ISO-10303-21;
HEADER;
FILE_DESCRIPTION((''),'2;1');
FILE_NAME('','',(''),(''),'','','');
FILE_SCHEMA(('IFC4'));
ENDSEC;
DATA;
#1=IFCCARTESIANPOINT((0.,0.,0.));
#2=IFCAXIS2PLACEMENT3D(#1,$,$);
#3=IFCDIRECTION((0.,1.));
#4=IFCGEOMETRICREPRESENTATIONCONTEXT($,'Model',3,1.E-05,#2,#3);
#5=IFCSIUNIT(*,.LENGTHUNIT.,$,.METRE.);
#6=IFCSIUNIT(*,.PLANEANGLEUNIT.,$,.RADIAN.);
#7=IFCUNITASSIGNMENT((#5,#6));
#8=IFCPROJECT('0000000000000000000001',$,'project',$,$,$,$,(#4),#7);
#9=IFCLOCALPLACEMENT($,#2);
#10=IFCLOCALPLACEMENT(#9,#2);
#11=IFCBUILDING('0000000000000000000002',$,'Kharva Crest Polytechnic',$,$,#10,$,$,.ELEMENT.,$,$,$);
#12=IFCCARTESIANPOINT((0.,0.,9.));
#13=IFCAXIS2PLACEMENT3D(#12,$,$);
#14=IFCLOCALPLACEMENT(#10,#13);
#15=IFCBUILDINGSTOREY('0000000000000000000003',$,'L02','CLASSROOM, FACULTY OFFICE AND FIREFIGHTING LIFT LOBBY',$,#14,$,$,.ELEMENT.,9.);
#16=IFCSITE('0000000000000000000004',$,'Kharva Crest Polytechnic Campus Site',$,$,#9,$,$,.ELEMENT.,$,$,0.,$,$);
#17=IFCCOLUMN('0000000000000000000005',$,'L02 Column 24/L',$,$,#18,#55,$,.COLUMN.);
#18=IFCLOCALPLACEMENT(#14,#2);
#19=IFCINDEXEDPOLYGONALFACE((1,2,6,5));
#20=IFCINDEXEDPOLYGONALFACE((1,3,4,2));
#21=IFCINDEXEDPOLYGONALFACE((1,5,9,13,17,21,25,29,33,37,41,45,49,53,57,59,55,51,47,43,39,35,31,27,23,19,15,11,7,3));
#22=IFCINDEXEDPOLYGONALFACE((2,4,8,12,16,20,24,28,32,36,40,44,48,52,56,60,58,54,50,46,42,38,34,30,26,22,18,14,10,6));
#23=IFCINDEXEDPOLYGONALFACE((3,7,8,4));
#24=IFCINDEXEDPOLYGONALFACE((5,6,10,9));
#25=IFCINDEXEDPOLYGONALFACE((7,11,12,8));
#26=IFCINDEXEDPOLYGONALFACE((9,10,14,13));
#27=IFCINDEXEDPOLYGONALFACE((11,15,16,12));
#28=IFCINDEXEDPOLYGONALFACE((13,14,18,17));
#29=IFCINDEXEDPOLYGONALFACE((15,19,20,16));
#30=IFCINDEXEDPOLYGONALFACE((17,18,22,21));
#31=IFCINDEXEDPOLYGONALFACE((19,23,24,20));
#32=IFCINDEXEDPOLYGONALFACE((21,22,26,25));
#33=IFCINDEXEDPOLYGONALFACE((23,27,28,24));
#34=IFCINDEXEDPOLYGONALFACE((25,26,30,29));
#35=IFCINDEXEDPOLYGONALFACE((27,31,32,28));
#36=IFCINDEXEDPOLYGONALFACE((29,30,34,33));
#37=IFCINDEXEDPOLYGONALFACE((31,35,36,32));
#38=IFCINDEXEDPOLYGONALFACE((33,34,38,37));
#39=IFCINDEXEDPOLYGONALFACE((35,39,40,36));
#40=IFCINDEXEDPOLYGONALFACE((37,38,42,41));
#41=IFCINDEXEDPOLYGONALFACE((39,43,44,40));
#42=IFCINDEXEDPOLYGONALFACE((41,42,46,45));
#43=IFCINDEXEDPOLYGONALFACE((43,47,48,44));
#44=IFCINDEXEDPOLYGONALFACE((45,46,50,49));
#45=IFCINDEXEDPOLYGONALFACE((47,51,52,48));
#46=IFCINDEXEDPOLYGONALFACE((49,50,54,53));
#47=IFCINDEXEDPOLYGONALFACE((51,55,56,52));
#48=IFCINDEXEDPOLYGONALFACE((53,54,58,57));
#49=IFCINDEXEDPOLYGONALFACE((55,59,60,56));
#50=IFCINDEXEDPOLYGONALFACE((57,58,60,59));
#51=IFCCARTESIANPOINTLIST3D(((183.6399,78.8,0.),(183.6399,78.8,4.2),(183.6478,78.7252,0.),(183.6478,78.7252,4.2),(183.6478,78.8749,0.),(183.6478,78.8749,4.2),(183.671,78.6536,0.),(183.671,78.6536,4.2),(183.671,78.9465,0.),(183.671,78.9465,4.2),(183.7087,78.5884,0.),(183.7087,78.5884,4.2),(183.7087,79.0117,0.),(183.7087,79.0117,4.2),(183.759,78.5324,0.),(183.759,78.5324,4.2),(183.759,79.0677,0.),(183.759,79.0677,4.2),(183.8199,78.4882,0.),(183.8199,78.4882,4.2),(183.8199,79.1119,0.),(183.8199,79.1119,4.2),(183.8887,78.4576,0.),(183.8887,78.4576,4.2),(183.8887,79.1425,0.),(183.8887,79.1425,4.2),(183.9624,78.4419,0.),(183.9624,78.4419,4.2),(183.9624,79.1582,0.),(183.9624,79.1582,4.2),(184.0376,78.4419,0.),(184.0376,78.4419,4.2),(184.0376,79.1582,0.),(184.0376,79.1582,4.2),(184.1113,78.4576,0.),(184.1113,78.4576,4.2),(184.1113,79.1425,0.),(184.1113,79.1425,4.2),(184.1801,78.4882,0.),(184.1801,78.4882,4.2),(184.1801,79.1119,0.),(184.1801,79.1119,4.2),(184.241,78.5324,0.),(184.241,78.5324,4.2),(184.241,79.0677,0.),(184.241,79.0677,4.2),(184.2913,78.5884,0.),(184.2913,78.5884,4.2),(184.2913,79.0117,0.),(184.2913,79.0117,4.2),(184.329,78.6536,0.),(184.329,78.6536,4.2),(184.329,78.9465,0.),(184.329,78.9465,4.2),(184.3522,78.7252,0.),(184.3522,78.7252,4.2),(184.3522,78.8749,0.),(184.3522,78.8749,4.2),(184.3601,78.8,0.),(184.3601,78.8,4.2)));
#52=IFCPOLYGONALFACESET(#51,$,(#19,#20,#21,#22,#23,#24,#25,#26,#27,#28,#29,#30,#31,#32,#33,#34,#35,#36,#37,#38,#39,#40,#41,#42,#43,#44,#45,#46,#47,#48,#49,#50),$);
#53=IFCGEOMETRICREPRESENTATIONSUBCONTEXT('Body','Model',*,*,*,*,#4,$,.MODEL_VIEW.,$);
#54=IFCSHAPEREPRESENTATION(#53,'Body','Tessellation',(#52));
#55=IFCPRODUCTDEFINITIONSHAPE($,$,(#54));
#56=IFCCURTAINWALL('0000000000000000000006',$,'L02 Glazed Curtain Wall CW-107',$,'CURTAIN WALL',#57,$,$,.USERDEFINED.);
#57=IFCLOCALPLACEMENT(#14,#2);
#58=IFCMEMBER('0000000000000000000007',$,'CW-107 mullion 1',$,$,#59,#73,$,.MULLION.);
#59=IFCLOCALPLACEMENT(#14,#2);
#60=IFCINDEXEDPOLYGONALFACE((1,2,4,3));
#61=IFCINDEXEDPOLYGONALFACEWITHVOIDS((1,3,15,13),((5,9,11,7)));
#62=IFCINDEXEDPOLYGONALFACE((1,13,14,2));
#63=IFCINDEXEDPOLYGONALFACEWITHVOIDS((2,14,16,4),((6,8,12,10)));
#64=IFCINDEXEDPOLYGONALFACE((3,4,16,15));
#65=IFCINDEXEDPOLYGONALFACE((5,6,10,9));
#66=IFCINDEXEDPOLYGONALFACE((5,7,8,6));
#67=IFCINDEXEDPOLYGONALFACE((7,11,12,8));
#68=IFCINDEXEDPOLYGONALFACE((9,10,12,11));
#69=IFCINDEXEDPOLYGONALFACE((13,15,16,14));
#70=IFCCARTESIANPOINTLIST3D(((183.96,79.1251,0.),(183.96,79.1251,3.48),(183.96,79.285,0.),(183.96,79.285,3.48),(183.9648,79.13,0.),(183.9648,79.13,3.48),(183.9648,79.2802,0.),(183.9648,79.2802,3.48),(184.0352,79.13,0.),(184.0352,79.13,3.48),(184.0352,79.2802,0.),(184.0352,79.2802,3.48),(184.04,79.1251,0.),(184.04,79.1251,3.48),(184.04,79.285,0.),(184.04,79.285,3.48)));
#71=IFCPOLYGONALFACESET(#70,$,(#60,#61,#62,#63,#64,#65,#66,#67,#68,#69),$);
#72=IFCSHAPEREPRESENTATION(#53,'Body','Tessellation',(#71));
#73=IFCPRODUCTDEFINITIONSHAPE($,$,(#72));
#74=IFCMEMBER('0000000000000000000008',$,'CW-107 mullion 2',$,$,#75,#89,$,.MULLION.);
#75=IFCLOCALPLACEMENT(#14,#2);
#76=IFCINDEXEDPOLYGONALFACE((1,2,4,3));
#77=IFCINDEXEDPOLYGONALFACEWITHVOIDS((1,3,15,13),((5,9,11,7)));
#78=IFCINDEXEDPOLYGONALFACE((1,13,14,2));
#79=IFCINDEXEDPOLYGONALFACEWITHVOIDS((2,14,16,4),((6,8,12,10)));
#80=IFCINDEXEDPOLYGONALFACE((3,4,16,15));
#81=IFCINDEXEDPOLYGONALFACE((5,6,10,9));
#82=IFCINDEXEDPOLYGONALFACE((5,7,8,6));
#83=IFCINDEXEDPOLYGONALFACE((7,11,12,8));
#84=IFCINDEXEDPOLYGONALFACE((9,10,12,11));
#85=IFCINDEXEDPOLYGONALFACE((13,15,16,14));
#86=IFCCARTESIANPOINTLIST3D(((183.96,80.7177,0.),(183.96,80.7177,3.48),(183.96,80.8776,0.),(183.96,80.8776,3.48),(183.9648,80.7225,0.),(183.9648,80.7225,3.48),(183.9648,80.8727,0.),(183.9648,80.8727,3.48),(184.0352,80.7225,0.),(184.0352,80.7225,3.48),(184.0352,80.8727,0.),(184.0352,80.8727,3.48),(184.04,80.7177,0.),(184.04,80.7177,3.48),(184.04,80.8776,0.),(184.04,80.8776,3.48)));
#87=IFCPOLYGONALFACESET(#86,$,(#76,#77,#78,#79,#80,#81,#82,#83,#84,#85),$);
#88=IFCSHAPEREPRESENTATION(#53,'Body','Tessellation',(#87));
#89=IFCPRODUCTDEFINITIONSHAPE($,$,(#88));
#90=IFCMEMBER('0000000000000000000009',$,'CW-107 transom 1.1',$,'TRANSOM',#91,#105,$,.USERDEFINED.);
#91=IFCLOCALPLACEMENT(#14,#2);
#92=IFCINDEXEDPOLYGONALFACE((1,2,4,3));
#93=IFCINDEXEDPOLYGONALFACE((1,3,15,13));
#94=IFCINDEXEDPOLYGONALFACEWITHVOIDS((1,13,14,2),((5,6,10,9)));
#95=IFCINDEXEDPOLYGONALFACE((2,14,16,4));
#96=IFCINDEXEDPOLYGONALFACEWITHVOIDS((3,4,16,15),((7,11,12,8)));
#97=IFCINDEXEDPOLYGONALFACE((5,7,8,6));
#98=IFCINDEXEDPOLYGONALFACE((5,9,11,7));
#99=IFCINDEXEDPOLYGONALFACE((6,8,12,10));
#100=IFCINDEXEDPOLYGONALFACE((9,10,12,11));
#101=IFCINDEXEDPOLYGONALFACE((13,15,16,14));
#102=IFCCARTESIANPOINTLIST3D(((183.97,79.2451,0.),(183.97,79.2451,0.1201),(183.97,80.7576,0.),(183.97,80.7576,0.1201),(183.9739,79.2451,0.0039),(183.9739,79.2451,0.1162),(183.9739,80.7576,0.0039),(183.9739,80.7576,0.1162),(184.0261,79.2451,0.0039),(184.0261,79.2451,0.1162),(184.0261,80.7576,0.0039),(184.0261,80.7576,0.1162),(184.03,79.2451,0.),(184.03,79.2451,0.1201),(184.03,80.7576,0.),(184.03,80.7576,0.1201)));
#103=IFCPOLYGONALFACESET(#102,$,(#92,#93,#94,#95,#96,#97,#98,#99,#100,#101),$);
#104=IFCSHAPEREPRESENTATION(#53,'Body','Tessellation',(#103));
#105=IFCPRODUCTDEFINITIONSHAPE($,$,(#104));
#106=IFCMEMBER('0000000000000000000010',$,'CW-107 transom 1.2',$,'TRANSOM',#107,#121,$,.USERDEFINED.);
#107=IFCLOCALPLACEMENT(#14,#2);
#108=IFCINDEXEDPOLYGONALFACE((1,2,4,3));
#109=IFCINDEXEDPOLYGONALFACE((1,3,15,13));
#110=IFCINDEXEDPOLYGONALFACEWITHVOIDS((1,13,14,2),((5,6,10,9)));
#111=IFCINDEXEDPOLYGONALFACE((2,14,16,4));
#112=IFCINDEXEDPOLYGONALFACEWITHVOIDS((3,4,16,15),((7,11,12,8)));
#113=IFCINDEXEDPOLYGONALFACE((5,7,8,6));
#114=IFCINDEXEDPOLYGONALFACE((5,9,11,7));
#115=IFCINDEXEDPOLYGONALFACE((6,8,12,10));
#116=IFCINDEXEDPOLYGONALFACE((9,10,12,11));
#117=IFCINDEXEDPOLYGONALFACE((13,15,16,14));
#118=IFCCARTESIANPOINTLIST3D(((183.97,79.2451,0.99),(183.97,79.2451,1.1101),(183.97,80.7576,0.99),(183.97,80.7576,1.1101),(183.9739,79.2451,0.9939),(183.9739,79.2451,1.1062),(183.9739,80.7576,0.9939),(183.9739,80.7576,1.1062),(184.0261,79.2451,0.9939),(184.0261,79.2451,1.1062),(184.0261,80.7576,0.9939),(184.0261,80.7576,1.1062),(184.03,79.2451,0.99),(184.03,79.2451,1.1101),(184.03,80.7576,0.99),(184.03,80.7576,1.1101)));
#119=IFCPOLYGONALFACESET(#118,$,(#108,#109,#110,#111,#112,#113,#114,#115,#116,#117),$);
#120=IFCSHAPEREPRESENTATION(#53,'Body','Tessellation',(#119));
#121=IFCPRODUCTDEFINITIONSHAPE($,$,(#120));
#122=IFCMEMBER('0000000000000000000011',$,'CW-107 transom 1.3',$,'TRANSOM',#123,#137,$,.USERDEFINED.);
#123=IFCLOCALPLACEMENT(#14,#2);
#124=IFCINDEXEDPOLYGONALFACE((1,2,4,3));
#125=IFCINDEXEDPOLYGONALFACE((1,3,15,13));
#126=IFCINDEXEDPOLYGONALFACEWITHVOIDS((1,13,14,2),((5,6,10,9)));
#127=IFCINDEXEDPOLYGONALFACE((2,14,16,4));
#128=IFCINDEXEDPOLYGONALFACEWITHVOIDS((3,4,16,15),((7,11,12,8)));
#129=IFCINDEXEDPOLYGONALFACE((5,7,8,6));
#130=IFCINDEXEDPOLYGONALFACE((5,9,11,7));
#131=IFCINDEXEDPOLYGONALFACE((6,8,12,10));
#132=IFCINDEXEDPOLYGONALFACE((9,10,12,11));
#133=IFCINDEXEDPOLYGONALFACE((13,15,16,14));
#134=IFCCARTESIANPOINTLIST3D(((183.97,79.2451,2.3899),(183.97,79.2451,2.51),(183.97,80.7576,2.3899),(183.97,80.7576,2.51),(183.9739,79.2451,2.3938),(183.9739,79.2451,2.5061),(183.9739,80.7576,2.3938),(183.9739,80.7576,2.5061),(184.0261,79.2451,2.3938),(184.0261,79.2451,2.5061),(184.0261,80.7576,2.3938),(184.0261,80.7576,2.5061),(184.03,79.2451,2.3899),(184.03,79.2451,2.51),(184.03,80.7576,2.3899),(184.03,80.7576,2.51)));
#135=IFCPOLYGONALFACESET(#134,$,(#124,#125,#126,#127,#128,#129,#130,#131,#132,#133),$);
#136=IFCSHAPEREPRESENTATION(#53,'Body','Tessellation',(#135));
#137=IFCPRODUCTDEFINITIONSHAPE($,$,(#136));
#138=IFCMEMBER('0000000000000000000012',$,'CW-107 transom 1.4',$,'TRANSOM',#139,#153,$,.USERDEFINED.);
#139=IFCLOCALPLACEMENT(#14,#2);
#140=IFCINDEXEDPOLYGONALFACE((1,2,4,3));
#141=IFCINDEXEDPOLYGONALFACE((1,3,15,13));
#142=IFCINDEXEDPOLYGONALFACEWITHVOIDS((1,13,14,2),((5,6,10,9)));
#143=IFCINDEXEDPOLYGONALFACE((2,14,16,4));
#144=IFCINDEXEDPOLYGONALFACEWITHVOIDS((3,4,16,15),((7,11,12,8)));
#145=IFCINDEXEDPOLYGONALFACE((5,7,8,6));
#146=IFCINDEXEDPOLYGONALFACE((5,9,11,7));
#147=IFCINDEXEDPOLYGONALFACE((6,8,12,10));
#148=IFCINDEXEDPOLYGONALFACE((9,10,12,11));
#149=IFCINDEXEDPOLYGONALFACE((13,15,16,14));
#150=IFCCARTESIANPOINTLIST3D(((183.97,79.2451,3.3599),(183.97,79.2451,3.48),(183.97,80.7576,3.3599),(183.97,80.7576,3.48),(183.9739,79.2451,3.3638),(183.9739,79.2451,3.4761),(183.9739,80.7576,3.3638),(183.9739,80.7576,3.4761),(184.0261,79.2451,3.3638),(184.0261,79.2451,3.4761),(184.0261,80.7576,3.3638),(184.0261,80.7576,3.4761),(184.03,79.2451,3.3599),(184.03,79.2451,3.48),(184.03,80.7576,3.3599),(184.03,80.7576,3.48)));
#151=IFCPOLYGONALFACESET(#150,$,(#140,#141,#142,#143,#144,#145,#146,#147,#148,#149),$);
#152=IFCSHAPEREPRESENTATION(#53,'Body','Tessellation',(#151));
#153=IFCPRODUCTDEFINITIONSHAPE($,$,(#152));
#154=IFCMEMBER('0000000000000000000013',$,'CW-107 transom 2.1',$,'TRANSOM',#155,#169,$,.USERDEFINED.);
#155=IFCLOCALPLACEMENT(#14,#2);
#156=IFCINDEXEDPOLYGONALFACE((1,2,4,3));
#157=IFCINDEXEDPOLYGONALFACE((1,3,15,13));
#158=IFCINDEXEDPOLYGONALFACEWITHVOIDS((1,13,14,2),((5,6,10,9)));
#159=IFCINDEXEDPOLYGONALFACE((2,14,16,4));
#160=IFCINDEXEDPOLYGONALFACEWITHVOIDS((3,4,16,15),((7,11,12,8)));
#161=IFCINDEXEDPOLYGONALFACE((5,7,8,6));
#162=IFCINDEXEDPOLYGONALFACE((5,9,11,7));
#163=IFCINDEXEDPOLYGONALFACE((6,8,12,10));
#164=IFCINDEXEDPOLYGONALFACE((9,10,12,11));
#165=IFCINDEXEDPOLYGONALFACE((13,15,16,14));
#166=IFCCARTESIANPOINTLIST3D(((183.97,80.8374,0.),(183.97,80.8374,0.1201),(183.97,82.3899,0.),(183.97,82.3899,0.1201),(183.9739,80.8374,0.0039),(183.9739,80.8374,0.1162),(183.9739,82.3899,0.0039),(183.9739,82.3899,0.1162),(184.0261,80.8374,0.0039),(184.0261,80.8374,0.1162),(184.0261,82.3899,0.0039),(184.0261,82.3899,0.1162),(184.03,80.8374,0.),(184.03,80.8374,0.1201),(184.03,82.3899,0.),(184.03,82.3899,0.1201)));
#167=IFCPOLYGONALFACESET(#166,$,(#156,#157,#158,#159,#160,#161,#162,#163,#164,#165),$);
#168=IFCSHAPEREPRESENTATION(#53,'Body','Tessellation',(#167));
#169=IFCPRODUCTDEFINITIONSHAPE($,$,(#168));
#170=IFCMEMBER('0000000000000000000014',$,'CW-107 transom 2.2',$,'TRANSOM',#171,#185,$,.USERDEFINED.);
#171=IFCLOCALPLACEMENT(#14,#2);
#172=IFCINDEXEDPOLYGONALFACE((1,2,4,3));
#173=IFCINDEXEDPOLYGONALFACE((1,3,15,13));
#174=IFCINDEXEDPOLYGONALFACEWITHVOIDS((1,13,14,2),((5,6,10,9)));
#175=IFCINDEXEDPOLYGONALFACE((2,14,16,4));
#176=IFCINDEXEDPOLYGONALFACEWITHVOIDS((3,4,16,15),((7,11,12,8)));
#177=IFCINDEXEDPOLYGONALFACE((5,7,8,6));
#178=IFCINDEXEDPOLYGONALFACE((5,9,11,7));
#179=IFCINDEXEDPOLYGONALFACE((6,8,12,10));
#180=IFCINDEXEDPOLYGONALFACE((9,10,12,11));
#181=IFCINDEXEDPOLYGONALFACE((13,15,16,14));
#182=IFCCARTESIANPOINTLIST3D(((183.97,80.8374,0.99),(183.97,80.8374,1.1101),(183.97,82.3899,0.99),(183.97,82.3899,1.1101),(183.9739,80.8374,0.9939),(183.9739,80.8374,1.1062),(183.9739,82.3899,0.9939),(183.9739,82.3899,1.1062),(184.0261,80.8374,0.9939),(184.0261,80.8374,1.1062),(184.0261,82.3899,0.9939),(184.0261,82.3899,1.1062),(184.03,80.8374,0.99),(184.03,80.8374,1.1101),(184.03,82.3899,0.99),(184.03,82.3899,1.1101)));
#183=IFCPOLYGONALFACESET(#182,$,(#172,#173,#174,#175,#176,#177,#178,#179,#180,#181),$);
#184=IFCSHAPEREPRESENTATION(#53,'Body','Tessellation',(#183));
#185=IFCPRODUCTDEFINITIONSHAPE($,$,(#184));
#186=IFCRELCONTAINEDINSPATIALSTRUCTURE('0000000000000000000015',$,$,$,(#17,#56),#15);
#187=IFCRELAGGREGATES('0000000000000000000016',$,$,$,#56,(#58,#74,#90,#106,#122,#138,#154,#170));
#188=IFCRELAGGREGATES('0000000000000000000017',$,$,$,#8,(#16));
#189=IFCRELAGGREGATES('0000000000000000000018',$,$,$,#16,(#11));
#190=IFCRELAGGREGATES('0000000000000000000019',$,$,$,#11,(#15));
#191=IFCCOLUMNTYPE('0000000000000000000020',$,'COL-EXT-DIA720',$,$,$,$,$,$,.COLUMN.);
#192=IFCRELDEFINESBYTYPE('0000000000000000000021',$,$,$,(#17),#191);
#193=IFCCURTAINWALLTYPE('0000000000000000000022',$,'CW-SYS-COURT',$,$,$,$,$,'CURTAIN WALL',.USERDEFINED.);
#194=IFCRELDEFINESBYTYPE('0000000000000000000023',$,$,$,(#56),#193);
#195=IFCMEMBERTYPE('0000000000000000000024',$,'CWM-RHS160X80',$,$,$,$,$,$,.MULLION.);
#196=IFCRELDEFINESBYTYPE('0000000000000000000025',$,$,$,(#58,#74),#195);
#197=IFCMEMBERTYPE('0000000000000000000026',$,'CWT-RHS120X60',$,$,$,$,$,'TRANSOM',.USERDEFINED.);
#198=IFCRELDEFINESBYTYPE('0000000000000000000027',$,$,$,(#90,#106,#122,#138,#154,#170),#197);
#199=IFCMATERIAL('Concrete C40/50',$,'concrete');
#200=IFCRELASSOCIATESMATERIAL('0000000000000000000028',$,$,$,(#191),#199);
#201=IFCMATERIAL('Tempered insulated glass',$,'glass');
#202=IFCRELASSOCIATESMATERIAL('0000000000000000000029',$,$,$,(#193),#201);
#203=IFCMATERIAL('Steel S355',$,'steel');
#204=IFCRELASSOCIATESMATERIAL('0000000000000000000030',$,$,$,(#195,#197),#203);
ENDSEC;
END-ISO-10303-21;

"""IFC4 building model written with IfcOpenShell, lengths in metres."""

from ifc_helpers import new_model, si_unit, direction, frame, origin, origin_2d, place, context, subcontext, project, spatial, hollow_rectangle, circle, extrude, material, material_profile, profile_set, type_object, element, aggregate, save


model = new_model("IFC4")

# Units and contexts
model_context = context("Model", 3, precision=1e-05, world=origin(), true_north=direction((0.0, 1.0)))
body_context = subcontext(model_context, "Body", "Model", "MODEL_VIEW")
ifc_project = project(units=[si_unit("LENGTHUNIT", "METRE"), si_unit("PLANEANGLEUNIT", "RADIAN")], contexts=[model_context])

# Site, building, storey
site_placement = place(None, origin())
site = spatial("IfcSite", under=ifc_project, at=site_placement, Name="Kharva Crest Polytechnic Campus Site", CompositionType="ELEMENT", RefElevation=0.0)
building_placement = place(site_placement, origin())
building = spatial("IfcBuilding", under=site, at=building_placement, Name="Kharva Crest Polytechnic", CompositionType="ELEMENT")
storey_placement = place(building_placement, frame((0.0, 0.0, 9.0)))
storey = spatial("IfcBuildingStorey", under=building, at=storey_placement, Name="L02", Description="CLASSROOM, FACULTY OFFICE AND FIREFIGHTING LIFT LOBBY", CompositionType="ELEMENT", Elevation=9.0)

# Column
ifc_material_1 = material(Name="Concrete C40/50", Category="concrete")
ifc_material_profile_1 = material_profile(ifc_material_1, circle(Radius=0.3601, at=origin_2d()), Name="DIA 720")
ifc_profile_set_1 = profile_set([ifc_material_profile_1], Name="Concrete C40/50")
column_type = type_object("IfcColumnType", Name="COL-EXT-DIA720", PredefinedType="COLUMN", material=ifc_profile_set_1)
column_placement = place(storey_placement, frame((184.0, 78.8, 0.0), z_axis=(0.0, 0.0, 1.0), x_axis=(1.0, 0.0, 0.0)))
element("IfcColumn", 1, at=column_placement, inside=storey, type_object=column_type, Name="L02 Column 24/L", PredefinedType="COLUMN", context=body_context, shape_type="SweptSolid", body=[
    extrude(circle(Radius=0.3601, at=origin_2d()), origin(), (0.0, 0.0, 1.0), 4.2),
])

# Curtain wall, members
ifc_material_2 = material(Name="Tempered insulated glass", Category="glass")
curtain_wall_type = type_object("IfcCurtainWallType", Name="CW-SYS-COURT", ElementType="CURTAIN WALL", PredefinedType="USERDEFINED", material=ifc_material_2)
curtain_wall_placement = place(storey_placement, origin())
curtain_wall = element("IfcCurtainWall", 2, at=curtain_wall_placement, inside=storey, type_object=curtain_wall_type, Name="L02 Glazed Curtain Wall CW-107", ObjectType="CURTAIN WALL", PredefinedType="USERDEFINED")
ifc_material_3 = material(Name="Steel S355", Category="steel")
ifc_material_profile_2 = material_profile(ifc_material_3, hollow_rectangle(XDim=0.0801, YDim=0.1599, WallThickness=0.0049, at=origin_2d()), Name="RHS 160X80X5.0")
ifc_profile_set_2 = profile_set([ifc_material_profile_2], Name="Steel S355")
member_type_1 = type_object("IfcMemberType", Name="CWM-RHS160X80", PredefinedType="MULLION", material=ifc_profile_set_2)
member_1_placement = place(storey_placement, frame((184.0, 79.2051, 0.0), z_axis=(0.0, 0.0, 1.0), x_axis=(-1.0, 0.0, 0.0)))
member_1 = element("IfcMember", 3, at=member_1_placement, type_object=member_type_1, Name="CW-107 mullion 1", PredefinedType="MULLION", context=body_context, shape_type="SweptSolid", body=[
    extrude(hollow_rectangle(XDim=0.0801, YDim=0.1599, WallThickness=0.0049, at=origin_2d()), origin(), (0.0, 0.0, 1.0), 3.48),
])
member_2_placement = place(storey_placement, frame((184.0, 80.7976, 0.0), z_axis=(0.0, 0.0, 1.0), x_axis=(-1.0, 0.0, 0.0)))
member_2 = element("IfcMember", 4, at=member_2_placement, type_object=member_type_1, Name="CW-107 mullion 2", PredefinedType="MULLION", context=body_context, shape_type="SweptSolid", body=[
    extrude(hollow_rectangle(XDim=0.0801, YDim=0.1599, WallThickness=0.0049, at=origin_2d()), origin(), (0.0, 0.0, 1.0), 3.48),
])
ifc_material_profile_3 = material_profile(ifc_material_3, hollow_rectangle(XDim=0.0601, YDim=0.1201, WallThickness=0.0039, at=origin_2d()), Name="RHS 120X60X4.0")
ifc_profile_set_3 = profile_set([ifc_material_profile_3], Name="Steel S355")
member_type_2 = type_object("IfcMemberType", Name="CWT-RHS120X60", ElementType="TRANSOM", PredefinedType="USERDEFINED", material=ifc_profile_set_3)
member_3_placement = place(storey_placement, frame((184.0, 79.2451, 0.0601), z_axis=(0.0, 1.0, 0.0), x_axis=(-1.0, 0.0, 0.0)))
member_3 = element("IfcMember", 5, at=member_3_placement, type_object=member_type_2, Name="CW-107 transom 1.1", ObjectType="TRANSOM", PredefinedType="USERDEFINED", context=body_context, shape_type="SweptSolid", body=[
    extrude(hollow_rectangle(XDim=0.0601, YDim=0.1201, WallThickness=0.0039, at=origin_2d()), origin(), (0.0, 0.0, 1.0), 1.5125),
])
member_4_placement = place(storey_placement, frame((184.0, 79.2451, 1.05), z_axis=(0.0, 1.0, 0.0), x_axis=(-1.0, 0.0, 0.0)))
member_4 = element("IfcMember", 6, at=member_4_placement, type_object=member_type_2, Name="CW-107 transom 1.2", ObjectType="TRANSOM", PredefinedType="USERDEFINED", context=body_context, shape_type="SweptSolid", body=[
    extrude(hollow_rectangle(XDim=0.0601, YDim=0.1201, WallThickness=0.0039, at=origin_2d()), origin(), (0.0, 0.0, 1.0), 1.5125),
])
member_5_placement = place(storey_placement, frame((184.0, 79.2451, 2.45), z_axis=(0.0, 1.0, 0.0), x_axis=(-1.0, 0.0, 0.0)))
member_5 = element("IfcMember", 7, at=member_5_placement, type_object=member_type_2, Name="CW-107 transom 1.3", ObjectType="TRANSOM", PredefinedType="USERDEFINED", context=body_context, shape_type="SweptSolid", body=[
    extrude(hollow_rectangle(XDim=0.0601, YDim=0.1201, WallThickness=0.0039, at=origin_2d()), origin(), (0.0, 0.0, 1.0), 1.5125),
])
member_6_placement = place(storey_placement, frame((184.0, 79.2451, 3.4199), z_axis=(0.0, 1.0, 0.0), x_axis=(-1.0, 0.0, 0.0)))
member_6 = element("IfcMember", 8, at=member_6_placement, type_object=member_type_2, Name="CW-107 transom 1.4", ObjectType="TRANSOM", PredefinedType="USERDEFINED", context=body_context, shape_type="SweptSolid", body=[
    extrude(hollow_rectangle(XDim=0.0601, YDim=0.1201, WallThickness=0.0039, at=origin_2d()), origin(), (0.0, 0.0, 1.0), 1.5125),
])
member_7_placement = place(storey_placement, frame((184.0, 80.8374, 0.0601), z_axis=(0.0, 1.0, 0.0), x_axis=(-1.0, 0.0, 0.0)))
member_7 = element("IfcMember", 9, at=member_7_placement, type_object=member_type_2, Name="CW-107 transom 2.1", ObjectType="TRANSOM", PredefinedType="USERDEFINED", context=body_context, shape_type="SweptSolid", body=[
    extrude(hollow_rectangle(XDim=0.0601, YDim=0.1201, WallThickness=0.0039, at=origin_2d()), origin(), (0.0, 0.0, 1.0), 1.5525),
])
member_8_placement = place(storey_placement, frame((184.0, 80.8374, 1.05), z_axis=(0.0, 1.0, 0.0), x_axis=(-1.0, 0.0, 0.0)))
member_8 = element("IfcMember", 10, at=member_8_placement, type_object=member_type_2, Name="CW-107 transom 2.2", ObjectType="TRANSOM", PredefinedType="USERDEFINED", context=body_context, shape_type="SweptSolid", body=[
    extrude(hollow_rectangle(XDim=0.0601, YDim=0.1201, WallThickness=0.0039, at=origin_2d()), origin(), (0.0, 0.0, 1.0), 1.5525),
])

aggregate(curtain_wall, [member_1, member_2, member_3, member_4, member_5, member_6, member_7, member_8])

save(model, "model.ifc")
